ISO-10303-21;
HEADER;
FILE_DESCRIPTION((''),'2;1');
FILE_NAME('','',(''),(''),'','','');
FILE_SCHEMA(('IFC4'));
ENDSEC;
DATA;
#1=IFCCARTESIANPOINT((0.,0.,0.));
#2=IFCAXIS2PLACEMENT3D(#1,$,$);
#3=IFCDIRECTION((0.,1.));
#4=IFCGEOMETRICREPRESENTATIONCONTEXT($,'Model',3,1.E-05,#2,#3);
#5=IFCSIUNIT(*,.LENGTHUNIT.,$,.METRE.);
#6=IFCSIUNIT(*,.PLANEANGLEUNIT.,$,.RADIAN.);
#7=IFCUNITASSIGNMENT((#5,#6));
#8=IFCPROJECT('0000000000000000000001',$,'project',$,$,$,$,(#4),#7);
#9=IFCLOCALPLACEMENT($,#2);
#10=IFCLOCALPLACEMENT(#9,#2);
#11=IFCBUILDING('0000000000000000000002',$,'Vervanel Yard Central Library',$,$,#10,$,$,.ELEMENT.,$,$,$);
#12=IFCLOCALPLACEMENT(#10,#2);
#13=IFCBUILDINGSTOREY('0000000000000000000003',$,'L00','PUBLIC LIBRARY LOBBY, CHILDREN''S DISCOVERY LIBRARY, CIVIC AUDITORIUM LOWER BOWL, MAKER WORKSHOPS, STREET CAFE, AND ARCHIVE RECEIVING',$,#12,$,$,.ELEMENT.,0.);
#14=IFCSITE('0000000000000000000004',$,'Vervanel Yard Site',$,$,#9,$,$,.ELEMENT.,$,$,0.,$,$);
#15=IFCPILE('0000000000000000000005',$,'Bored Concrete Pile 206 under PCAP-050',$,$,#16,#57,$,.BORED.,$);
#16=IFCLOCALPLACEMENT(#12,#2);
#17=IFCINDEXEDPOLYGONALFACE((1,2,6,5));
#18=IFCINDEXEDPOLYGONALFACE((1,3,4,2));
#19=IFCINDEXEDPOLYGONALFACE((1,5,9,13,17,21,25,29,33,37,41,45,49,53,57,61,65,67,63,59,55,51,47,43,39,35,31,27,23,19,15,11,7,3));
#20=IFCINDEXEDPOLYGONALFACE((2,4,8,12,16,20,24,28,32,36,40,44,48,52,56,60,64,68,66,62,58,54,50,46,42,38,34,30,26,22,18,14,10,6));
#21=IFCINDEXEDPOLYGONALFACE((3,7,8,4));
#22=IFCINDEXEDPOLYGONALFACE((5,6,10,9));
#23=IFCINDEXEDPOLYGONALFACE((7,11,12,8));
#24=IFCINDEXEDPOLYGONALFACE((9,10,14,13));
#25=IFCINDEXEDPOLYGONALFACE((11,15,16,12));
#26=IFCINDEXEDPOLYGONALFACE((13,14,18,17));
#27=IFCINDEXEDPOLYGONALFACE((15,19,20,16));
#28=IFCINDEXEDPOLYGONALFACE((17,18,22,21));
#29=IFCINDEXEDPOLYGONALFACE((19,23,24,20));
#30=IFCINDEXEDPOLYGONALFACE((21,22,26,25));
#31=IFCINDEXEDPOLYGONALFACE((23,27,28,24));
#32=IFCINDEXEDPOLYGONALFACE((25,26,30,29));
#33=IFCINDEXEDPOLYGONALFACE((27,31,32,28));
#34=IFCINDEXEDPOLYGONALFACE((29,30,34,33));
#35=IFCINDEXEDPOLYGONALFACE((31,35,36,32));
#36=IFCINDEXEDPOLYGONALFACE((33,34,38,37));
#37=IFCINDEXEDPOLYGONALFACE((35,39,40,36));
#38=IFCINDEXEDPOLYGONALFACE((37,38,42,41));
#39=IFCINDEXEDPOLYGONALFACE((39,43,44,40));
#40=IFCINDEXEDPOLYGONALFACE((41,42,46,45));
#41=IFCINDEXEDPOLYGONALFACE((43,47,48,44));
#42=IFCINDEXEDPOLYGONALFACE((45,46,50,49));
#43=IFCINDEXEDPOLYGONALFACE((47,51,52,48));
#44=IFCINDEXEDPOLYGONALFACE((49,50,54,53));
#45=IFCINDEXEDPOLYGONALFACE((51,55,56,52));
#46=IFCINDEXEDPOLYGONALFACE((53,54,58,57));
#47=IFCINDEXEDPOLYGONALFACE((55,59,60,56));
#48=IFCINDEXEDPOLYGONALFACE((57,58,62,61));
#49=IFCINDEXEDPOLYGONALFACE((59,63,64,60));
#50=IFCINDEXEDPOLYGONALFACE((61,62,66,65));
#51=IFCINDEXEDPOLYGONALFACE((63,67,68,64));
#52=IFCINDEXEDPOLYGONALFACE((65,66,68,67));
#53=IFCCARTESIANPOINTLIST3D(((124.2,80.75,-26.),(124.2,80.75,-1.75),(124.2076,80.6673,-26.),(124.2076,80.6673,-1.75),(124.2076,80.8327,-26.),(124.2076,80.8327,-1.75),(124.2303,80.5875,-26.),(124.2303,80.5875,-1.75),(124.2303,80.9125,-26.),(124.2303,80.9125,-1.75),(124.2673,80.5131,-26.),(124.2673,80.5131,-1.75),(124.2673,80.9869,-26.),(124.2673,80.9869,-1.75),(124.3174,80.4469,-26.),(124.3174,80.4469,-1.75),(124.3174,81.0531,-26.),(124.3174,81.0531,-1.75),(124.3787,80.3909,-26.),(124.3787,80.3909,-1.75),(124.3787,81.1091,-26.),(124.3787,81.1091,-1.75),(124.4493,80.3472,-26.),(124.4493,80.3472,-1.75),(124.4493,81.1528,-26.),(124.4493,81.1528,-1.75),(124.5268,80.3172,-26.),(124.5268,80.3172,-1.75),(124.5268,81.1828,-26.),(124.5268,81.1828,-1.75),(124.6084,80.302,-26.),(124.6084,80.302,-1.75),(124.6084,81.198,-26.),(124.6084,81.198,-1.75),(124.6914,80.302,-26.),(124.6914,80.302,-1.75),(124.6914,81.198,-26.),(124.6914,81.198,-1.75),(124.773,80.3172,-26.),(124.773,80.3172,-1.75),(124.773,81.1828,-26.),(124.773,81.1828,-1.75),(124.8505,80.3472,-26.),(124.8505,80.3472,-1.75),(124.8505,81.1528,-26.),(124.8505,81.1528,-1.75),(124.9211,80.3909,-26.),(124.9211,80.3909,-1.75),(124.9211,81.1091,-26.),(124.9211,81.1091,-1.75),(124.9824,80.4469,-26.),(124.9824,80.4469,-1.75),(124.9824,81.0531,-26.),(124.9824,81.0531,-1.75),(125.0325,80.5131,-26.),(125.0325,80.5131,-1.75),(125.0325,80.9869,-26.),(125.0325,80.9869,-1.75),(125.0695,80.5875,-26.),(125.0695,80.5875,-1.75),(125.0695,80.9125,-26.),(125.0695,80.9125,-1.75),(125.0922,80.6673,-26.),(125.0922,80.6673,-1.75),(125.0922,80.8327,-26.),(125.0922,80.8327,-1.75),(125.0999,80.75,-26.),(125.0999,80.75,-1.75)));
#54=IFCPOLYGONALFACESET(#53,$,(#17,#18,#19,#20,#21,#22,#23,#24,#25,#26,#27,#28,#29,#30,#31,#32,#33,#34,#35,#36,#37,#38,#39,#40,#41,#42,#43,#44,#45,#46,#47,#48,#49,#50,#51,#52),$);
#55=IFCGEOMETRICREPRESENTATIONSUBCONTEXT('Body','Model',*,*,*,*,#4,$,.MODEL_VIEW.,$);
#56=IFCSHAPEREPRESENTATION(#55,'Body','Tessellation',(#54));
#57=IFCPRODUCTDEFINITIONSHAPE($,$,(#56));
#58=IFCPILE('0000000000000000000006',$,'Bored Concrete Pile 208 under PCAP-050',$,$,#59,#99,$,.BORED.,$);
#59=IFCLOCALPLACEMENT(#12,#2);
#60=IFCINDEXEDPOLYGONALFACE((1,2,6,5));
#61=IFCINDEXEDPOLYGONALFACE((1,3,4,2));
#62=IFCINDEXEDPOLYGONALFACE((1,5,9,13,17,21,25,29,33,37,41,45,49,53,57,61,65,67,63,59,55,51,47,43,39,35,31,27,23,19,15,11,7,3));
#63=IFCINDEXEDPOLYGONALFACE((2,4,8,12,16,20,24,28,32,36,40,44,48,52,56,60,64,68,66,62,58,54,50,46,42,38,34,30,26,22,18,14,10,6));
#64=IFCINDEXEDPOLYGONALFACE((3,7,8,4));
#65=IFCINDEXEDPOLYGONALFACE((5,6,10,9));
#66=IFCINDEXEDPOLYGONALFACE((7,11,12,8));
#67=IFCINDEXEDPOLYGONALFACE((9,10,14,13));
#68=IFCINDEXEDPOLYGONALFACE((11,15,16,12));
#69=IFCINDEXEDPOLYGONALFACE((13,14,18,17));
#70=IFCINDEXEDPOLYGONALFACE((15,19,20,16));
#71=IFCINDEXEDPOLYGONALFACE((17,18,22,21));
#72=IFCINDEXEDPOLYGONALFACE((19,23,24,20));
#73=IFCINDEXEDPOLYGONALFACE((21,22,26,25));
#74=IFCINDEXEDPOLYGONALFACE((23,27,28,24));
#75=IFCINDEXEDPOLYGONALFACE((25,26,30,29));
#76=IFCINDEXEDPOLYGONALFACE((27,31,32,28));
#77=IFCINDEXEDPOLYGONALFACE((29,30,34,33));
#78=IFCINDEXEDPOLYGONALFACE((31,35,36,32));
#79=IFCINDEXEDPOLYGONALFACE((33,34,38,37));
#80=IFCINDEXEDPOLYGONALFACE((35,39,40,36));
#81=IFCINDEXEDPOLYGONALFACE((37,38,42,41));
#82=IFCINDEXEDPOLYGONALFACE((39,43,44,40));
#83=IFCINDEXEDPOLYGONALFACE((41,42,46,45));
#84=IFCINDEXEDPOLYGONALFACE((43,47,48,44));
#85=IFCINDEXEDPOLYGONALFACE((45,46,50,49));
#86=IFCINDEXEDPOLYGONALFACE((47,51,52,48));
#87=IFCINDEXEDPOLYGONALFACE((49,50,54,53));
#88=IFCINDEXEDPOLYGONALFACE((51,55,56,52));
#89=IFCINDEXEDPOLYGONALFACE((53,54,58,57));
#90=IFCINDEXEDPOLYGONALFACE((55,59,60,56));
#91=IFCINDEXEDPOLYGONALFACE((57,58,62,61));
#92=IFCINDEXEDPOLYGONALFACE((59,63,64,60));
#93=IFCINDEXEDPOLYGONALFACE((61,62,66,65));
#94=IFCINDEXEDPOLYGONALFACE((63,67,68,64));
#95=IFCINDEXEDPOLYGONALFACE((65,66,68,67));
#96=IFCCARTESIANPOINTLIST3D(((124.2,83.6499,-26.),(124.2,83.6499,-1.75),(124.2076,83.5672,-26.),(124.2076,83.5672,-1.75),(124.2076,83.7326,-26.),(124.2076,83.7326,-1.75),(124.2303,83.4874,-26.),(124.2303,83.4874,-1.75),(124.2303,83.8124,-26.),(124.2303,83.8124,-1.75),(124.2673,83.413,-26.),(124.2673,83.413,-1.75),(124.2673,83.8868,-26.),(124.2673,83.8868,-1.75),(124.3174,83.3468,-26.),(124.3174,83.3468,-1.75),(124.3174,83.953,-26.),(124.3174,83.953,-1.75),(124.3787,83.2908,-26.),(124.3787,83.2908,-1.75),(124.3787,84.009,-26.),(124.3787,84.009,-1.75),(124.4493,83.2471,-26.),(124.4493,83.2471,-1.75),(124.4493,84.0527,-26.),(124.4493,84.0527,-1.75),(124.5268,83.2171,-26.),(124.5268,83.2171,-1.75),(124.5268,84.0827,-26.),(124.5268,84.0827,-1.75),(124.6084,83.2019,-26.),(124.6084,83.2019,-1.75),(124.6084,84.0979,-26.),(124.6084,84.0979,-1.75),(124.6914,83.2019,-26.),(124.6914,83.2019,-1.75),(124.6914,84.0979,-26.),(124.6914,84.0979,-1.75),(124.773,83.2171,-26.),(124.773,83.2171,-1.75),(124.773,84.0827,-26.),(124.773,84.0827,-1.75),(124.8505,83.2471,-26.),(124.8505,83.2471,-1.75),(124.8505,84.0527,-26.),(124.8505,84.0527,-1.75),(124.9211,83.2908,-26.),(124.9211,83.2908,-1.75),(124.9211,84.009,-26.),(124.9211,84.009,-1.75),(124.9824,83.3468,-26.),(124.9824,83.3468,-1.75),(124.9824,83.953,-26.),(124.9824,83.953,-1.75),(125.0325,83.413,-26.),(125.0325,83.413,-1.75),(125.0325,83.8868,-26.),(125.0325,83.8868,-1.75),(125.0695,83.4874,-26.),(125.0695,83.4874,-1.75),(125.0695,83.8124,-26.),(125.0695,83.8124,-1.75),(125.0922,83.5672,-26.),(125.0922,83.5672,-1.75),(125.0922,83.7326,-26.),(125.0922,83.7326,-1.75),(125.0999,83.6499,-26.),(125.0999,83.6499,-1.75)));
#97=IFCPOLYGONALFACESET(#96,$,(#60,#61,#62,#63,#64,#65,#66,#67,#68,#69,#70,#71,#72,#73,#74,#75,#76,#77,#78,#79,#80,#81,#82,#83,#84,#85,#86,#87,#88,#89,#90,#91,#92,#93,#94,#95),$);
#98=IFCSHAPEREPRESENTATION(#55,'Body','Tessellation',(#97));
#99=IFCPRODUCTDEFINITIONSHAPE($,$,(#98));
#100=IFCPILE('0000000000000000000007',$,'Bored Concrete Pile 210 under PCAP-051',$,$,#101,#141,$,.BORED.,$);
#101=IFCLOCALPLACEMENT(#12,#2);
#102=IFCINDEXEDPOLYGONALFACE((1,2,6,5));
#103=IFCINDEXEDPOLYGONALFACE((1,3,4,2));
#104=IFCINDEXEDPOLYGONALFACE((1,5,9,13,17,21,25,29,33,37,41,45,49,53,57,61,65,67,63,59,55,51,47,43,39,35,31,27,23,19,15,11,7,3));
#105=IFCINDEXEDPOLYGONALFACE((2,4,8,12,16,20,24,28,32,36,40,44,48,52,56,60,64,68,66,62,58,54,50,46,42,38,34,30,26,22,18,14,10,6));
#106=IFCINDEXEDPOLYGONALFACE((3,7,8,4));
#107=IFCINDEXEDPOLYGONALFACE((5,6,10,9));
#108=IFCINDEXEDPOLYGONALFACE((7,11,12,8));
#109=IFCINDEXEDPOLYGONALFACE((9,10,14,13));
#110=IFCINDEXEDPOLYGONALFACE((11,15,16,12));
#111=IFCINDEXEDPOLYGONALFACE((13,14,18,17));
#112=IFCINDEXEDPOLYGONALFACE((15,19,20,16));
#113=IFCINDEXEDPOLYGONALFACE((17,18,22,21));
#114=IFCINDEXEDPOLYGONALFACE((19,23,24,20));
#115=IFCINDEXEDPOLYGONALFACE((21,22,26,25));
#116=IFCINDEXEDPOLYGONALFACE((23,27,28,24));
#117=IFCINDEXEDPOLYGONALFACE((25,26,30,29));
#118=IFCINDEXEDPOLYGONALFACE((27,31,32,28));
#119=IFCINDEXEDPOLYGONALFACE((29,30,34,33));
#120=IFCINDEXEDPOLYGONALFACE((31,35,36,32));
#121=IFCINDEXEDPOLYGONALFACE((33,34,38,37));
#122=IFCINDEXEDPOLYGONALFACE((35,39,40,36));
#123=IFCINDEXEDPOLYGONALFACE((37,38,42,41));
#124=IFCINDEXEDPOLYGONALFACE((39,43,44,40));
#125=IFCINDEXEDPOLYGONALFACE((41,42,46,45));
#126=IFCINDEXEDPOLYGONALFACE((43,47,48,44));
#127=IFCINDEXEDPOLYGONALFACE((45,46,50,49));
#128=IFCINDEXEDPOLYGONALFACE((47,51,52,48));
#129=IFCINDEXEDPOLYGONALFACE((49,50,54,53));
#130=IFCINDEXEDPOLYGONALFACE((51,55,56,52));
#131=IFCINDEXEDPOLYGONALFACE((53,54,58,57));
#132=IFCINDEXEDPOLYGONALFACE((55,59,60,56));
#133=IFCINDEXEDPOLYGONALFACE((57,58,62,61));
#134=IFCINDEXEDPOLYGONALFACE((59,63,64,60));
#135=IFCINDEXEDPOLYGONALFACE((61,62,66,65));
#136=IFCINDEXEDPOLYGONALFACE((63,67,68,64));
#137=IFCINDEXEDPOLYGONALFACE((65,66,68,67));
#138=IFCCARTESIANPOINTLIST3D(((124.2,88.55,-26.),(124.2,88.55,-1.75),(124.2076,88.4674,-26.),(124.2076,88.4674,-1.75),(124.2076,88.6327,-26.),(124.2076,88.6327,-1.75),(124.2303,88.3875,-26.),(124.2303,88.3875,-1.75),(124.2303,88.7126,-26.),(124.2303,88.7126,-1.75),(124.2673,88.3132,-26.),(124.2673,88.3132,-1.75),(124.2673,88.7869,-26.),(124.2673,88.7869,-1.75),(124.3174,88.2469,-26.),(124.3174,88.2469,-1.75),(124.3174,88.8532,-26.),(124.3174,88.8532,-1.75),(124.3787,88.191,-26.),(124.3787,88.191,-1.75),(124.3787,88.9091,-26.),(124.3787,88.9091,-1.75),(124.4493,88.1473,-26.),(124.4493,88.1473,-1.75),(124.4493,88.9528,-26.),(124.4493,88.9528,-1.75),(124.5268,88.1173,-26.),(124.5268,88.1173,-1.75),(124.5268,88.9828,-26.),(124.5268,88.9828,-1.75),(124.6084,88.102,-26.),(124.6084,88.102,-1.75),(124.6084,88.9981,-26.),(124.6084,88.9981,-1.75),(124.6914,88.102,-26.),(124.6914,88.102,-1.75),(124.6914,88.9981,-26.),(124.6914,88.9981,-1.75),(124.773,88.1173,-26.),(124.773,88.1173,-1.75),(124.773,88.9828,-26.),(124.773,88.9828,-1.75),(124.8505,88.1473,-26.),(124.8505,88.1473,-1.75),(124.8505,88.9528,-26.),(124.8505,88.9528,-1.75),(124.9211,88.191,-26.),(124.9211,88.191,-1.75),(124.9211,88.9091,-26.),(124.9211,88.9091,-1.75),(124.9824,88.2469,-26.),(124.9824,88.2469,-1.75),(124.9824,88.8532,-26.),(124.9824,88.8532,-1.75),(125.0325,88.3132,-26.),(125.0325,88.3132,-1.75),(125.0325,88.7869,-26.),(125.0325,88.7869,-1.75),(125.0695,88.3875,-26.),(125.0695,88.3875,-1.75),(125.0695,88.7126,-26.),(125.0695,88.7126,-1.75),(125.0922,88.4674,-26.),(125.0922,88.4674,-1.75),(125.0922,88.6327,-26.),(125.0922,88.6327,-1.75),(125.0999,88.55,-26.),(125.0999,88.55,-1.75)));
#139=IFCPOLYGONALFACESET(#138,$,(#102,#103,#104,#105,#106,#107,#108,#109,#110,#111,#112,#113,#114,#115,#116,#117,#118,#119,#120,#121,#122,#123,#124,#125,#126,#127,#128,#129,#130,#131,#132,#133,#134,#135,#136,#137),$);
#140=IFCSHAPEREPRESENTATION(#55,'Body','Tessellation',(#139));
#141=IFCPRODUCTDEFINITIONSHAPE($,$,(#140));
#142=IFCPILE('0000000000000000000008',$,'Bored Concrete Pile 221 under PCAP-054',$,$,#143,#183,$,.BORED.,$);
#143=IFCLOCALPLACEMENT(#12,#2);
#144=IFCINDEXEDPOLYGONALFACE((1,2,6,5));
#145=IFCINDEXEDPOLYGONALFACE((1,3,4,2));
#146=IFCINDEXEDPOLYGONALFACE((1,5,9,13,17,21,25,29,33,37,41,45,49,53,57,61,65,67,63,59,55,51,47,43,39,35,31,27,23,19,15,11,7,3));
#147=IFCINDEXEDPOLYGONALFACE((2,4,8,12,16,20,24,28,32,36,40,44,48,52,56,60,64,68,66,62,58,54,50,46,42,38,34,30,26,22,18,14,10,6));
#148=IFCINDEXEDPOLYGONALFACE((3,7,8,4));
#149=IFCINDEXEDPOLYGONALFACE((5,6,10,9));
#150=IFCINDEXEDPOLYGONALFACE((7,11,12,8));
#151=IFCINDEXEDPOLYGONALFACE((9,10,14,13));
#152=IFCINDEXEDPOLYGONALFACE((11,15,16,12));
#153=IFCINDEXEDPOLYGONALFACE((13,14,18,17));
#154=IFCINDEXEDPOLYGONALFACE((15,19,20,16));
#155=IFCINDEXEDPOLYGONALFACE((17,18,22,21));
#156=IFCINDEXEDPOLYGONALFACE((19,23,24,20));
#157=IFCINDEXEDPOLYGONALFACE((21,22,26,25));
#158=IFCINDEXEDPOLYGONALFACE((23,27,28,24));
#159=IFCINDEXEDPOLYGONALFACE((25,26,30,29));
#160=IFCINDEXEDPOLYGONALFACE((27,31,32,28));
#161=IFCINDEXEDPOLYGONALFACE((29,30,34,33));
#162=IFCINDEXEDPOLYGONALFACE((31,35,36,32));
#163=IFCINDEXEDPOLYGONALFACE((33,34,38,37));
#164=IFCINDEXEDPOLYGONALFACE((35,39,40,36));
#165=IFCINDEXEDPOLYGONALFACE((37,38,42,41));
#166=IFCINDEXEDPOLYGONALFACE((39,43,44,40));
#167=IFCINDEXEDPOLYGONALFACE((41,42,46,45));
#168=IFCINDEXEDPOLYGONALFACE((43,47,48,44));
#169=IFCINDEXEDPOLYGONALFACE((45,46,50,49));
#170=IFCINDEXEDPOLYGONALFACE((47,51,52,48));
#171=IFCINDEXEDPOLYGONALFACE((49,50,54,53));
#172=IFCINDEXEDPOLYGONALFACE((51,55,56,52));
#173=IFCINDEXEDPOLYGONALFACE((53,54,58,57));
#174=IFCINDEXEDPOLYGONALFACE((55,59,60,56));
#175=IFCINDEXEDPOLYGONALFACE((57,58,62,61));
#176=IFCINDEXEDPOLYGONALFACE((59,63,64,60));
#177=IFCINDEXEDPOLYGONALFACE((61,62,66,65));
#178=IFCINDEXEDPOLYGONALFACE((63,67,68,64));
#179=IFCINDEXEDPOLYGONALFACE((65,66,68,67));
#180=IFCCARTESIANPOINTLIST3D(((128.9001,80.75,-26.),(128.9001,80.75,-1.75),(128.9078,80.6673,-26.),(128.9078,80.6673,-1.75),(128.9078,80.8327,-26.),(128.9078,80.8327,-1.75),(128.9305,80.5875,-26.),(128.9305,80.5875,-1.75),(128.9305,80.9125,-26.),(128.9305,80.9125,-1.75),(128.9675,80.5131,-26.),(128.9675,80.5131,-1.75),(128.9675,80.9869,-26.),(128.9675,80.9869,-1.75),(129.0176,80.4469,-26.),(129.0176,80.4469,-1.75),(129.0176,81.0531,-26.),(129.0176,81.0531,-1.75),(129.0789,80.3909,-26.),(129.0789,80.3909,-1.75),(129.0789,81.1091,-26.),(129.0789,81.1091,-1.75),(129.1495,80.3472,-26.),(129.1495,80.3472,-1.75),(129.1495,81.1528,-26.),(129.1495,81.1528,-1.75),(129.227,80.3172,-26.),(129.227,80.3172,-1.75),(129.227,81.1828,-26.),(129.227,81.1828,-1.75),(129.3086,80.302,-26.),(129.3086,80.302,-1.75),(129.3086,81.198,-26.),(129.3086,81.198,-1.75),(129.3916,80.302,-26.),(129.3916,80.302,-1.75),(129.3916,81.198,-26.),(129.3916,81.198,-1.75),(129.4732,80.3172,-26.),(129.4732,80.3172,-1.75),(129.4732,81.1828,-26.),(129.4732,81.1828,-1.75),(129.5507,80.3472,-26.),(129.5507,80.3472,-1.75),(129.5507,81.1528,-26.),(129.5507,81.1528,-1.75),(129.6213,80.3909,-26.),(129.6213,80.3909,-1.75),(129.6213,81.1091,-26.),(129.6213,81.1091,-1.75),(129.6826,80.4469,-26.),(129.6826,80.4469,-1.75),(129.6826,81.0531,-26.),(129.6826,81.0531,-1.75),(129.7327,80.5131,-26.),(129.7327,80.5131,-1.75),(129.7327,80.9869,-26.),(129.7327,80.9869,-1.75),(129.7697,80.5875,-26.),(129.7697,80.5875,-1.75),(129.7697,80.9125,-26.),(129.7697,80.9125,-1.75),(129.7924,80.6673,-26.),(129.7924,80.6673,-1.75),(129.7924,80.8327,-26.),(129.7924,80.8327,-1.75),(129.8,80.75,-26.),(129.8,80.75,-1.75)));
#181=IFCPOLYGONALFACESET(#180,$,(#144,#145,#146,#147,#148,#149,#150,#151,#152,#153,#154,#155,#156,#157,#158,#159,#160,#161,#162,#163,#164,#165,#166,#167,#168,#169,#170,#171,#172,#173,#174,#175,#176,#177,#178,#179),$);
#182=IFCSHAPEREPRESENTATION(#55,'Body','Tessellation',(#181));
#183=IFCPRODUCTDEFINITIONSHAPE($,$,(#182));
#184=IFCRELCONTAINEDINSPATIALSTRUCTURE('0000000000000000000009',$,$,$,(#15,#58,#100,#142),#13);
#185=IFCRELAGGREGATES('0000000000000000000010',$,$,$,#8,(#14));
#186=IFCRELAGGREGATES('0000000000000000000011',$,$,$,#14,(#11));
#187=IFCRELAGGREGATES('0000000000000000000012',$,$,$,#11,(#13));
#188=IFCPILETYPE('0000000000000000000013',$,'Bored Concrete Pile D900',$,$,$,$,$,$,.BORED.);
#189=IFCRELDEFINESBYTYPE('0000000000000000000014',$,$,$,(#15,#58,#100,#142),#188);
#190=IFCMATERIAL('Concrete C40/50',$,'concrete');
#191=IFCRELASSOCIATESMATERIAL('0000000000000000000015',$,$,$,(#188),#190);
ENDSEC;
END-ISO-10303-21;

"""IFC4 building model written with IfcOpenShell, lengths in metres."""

from ifc_helpers import new_model, si_unit, direction, frame, origin, origin_2d, place, context, subcontext, project, spatial, circle, extrude, material, material_profile, profile_set, type_object, element, save


model = new_model("IFC4")

# Units and contexts
model_context = context("Model", 3, precision=1e-05, world=origin(), true_north=direction((0.0, 1.0)))
body_context = subcontext(model_context, "Body", "Model", "MODEL_VIEW")
ifc_project = project(units=[si_unit("LENGTHUNIT", "METRE"), si_unit("PLANEANGLEUNIT", "RADIAN")], contexts=[model_context])

# Site, building, storey
site_placement = place(None, origin())
site = spatial("IfcSite", under=ifc_project, at=site_placement, Name="Vervanel Yard Site", CompositionType="ELEMENT", RefElevation=0.0)
building_placement = place(site_placement, origin())
building = spatial("IfcBuilding", under=site, at=building_placement, Name="Vervanel Yard Central Library", CompositionType="ELEMENT")
storey_placement = place(building_placement, origin())
storey = spatial("IfcBuildingStorey", under=building, at=storey_placement, Name="L00", Description="PUBLIC LIBRARY LOBBY, CHILDREN'S DISCOVERY LIBRARY, CIVIC AUDITORIUM LOWER BOWL, MAKER WORKSHOPS, STREET CAFE, AND ARCHIVE RECEIVING", CompositionType="ELEMENT", Elevation=0.0)

# Piles
ifc_material_1 = material(Name="Concrete C40/50", Category="concrete")
ifc_material_profile_1 = material_profile(ifc_material_1, circle(Radius=0.45, at=origin_2d()), Name="BP D900", Category="concrete")
ifc_profile_set_1 = profile_set([ifc_material_profile_1], Name="Concrete C40/50")
pile_type = type_object("IfcPileType", Name="Bored Concrete Pile D900", PredefinedType="BORED", material=ifc_profile_set_1)
for number, where, z_axis, x_axis, name in (
    (1, (124.6499, 80.75, -1.75), (0.0, 0.0, -1.0), (1.0, 0.0, 0.0), "Bored Concrete Pile 206 under PCAP-050"),
    (2, (124.6499, 83.6499, -1.75), (0.0, 0.0, -1.0), (1.0, 0.0, 0.0), "Bored Concrete Pile 208 under PCAP-050"),
    (3, (124.6499, 88.55, -1.75), (0.0, 0.0, -1.0), (1.0, 0.0, 0.0), "Bored Concrete Pile 210 under PCAP-051"),
    (4, (129.3501, 80.75, -1.75), (0.0, 0.0, -1.0), (1.0, 0.0, 0.0), "Bored Concrete Pile 221 under PCAP-054"),
):
    element("IfcPile", number, at=place(storey_placement, frame(where, z_axis=z_axis, x_axis=x_axis)), inside=storey, type_object=pile_type, Name=name, PredefinedType="BORED", context=body_context, shape_type="SweptSolid", body=[
        extrude(circle(Radius=0.45, at=origin_2d()), origin(), (0.0, 0.0, 1.0), 24.25),
    ])

save(model, "model.ifc")
